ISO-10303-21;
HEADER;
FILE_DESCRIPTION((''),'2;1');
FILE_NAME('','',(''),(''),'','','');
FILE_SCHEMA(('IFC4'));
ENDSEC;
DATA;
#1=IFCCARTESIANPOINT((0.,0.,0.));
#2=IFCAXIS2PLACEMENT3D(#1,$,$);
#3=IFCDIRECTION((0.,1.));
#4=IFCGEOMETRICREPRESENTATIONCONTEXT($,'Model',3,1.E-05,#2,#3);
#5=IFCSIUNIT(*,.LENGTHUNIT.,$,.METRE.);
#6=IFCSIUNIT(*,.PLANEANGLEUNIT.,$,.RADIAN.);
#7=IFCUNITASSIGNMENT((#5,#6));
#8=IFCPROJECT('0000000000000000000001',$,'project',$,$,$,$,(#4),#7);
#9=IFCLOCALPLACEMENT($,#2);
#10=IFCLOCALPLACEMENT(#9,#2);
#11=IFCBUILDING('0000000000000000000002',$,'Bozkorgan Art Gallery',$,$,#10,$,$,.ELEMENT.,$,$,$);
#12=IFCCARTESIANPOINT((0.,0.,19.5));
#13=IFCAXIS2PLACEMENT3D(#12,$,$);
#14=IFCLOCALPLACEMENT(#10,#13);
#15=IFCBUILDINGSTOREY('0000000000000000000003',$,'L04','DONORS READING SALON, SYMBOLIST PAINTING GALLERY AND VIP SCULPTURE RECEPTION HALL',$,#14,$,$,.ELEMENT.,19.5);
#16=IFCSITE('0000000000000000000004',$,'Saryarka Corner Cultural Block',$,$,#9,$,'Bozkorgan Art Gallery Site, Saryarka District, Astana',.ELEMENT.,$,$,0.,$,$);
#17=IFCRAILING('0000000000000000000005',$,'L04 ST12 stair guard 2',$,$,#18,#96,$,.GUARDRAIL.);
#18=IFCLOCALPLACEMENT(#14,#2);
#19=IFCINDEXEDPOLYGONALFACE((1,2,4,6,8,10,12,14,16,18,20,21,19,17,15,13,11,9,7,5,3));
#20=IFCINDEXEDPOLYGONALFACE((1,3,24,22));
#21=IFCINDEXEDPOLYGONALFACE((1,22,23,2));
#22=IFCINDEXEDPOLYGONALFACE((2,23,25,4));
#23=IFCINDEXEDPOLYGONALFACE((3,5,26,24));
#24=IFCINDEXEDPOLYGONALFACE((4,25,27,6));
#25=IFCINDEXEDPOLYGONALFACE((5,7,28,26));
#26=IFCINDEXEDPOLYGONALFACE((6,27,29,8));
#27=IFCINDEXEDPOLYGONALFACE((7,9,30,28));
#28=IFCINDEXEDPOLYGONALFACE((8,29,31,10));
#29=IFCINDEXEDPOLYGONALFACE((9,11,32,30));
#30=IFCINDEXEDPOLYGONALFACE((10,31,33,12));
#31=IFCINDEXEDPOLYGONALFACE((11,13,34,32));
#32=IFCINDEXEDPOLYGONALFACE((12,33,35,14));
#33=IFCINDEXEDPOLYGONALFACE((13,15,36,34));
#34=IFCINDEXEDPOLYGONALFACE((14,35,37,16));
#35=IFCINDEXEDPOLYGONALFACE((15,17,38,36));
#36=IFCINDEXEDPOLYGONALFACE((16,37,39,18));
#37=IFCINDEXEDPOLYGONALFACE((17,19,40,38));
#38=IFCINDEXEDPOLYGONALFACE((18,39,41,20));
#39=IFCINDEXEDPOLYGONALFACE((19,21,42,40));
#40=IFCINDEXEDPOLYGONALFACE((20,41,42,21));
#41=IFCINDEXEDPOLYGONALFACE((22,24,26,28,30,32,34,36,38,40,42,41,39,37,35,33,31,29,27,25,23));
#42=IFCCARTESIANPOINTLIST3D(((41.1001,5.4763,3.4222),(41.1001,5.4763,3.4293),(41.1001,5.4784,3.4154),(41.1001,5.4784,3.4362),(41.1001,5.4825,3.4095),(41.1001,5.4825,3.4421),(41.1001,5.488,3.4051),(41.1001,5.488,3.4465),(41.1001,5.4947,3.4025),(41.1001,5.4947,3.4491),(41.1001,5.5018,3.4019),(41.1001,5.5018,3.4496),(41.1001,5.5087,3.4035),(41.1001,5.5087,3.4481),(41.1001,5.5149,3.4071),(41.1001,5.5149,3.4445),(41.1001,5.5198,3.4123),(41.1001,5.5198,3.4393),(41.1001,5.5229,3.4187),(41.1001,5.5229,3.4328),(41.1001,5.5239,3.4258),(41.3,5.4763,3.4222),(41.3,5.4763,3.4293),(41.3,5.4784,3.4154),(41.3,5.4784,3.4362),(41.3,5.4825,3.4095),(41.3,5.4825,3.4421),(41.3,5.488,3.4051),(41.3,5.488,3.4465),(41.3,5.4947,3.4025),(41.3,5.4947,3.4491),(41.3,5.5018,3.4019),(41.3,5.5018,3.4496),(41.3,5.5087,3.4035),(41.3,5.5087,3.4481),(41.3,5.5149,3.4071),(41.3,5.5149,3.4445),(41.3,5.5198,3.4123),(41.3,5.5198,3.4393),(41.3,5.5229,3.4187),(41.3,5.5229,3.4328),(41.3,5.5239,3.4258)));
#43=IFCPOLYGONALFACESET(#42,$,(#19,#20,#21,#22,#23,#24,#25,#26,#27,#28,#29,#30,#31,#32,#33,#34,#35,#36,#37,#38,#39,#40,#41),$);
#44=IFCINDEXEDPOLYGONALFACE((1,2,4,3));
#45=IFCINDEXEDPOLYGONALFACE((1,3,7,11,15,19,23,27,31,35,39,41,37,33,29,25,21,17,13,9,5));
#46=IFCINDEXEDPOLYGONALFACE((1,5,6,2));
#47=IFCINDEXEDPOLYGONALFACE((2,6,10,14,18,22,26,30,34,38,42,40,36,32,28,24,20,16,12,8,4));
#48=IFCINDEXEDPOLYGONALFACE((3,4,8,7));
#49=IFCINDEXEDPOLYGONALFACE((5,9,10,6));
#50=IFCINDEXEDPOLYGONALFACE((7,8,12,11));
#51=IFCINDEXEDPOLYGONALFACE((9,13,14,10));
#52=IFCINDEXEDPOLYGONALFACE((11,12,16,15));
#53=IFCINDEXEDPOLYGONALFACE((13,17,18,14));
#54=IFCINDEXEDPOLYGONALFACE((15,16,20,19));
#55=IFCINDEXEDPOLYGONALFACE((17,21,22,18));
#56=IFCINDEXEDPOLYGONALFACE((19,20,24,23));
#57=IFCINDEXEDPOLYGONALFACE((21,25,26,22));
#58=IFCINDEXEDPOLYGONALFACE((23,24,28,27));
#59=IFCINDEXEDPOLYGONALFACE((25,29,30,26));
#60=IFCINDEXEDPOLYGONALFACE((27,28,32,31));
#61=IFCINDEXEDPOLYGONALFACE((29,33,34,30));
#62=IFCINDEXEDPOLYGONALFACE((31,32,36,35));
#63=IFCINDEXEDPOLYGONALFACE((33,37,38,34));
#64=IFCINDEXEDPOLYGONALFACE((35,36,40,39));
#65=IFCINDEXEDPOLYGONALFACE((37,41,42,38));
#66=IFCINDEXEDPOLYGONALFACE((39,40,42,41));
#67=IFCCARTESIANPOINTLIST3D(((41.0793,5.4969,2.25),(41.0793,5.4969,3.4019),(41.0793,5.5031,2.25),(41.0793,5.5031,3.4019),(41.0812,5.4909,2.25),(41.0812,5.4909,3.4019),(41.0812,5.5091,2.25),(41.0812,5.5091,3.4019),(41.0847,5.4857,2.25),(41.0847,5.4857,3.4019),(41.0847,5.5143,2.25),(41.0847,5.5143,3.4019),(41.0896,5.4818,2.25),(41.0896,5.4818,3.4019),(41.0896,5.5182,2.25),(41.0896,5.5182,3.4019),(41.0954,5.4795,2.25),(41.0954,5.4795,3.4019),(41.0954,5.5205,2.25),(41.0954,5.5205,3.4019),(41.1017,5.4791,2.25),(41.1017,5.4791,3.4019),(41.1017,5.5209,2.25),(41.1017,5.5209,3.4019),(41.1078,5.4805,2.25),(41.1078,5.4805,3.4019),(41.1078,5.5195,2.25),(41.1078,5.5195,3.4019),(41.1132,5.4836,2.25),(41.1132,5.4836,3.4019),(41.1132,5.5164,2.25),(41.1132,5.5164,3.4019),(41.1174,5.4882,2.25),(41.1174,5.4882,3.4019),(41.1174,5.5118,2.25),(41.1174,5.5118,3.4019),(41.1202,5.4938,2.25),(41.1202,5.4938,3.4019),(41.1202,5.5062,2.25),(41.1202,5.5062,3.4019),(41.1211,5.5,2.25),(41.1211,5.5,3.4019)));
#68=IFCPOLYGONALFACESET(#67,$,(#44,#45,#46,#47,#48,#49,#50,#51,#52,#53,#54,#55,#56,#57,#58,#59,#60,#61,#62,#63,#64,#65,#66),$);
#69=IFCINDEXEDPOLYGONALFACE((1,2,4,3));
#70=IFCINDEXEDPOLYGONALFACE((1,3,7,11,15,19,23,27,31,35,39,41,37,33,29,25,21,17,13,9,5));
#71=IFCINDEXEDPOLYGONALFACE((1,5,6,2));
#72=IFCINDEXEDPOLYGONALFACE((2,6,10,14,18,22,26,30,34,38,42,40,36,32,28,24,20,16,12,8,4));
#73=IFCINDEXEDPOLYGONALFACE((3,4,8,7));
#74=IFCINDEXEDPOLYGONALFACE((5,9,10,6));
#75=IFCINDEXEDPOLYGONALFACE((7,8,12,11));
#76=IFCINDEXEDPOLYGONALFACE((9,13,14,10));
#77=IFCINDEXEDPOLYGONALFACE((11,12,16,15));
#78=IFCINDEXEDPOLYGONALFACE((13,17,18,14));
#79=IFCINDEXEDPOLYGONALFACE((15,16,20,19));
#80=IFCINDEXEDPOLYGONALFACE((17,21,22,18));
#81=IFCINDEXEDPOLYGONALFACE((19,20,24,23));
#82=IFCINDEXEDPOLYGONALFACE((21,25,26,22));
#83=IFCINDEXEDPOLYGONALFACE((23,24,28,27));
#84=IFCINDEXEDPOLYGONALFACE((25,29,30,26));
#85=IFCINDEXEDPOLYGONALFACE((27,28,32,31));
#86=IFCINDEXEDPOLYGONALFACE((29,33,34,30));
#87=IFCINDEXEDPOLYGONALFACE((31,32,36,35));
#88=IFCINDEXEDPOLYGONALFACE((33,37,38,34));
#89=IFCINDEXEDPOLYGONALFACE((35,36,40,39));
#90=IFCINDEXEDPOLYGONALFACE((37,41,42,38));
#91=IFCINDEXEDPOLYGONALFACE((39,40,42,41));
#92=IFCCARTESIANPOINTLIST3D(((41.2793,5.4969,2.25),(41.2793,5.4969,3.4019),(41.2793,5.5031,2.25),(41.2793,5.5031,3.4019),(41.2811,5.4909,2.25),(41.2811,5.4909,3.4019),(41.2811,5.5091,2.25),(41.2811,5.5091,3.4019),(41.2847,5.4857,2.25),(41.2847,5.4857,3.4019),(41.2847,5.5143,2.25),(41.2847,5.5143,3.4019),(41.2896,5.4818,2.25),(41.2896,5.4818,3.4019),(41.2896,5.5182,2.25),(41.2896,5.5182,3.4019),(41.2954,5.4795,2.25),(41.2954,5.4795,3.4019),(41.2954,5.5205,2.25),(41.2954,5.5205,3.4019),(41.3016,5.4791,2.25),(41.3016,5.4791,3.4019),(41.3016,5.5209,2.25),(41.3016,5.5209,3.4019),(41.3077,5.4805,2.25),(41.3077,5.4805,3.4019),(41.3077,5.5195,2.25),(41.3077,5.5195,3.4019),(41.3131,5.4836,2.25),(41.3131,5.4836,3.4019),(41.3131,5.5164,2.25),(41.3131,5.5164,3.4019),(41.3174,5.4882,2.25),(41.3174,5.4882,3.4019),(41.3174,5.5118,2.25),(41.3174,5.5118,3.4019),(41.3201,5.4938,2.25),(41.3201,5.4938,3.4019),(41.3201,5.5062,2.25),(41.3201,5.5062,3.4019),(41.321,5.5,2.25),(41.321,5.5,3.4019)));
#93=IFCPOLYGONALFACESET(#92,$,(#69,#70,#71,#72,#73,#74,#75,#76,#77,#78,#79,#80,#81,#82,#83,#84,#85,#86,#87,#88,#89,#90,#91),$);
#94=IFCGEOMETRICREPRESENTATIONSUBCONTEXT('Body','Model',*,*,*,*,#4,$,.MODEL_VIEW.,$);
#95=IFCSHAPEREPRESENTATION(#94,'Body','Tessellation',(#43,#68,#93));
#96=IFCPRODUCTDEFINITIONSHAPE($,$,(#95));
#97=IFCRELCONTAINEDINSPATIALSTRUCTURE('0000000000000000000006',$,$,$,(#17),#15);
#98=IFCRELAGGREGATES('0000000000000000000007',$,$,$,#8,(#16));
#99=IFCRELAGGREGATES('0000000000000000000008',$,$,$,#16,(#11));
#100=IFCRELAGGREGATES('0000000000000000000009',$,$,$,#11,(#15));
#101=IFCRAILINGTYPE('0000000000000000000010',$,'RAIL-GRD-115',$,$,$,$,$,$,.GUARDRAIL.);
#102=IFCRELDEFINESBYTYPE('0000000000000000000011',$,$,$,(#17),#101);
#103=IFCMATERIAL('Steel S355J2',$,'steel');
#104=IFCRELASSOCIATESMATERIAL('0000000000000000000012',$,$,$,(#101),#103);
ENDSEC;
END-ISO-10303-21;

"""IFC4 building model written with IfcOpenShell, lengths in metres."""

from ifc_helpers import new_model, si_unit, direction, frame, origin, origin_2d, place, context, subcontext, project, spatial, circle, extrude, material, type_object, element, save


model = new_model("IFC4")

# Units and contexts
model_context = context("Model", 3, precision=1e-05, world=origin(), true_north=direction((0.0, 1.0)))
body_context = subcontext(model_context, "Body", "Model", "MODEL_VIEW")
ifc_project = project(units=[si_unit("LENGTHUNIT", "METRE"), si_unit("PLANEANGLEUNIT", "RADIAN")], contexts=[model_context])

# Site, building, storey
site_placement = place(None, origin())
site = spatial("IfcSite", under=ifc_project, at=site_placement, Name="Saryarka Corner Cultural Block", LongName="Bozkorgan Art Gallery Site, Saryarka District, Astana", CompositionType="ELEMENT", RefElevation=0.0)
building_placement = place(site_placement, origin())
building = spatial("IfcBuilding", under=site, at=building_placement, Name="Bozkorgan Art Gallery", CompositionType="ELEMENT")
storey_placement = place(building_placement, frame((0.0, 0.0, 19.5)))
storey = spatial("IfcBuildingStorey", under=building, at=storey_placement, Name="L04", Description="DONORS READING SALON, SYMBOLIST PAINTING GALLERY AND VIP SCULPTURE RECEPTION HALL", CompositionType="ELEMENT", Elevation=19.5)

# Shared definitions
ifc_material_1 = material(Name="Steel S355J2", Category="steel")

# Railing
railing_type_1 = type_object("IfcRailingType", Name="RAIL-GRD-115", PredefinedType="GUARDRAIL", material=ifc_material_1)
railing_1_placement = place(storey_placement, frame((41.1001, 5.5, 2.25)))
element("IfcRailing", 1, at=railing_1_placement, inside=storey, type_object=railing_type_1, Name="L04 ST12 stair guard 2", PredefinedType="GUARDRAIL", context=body_context, shape_type="SweptSolid", body=[
    extrude(circle(Radius=0.0239, at=origin_2d()), frame((0.0, 0.0, 1.1758), z_axis=(1.0, 0.0, 0.0), x_axis=(0.0, 1.0, 0.0)), (0.0, 0.0, 1.0), 0.2),
    extrude(circle(Radius=0.021, at=origin_2d()), origin(), (0.0, 0.0, 1.0), 1.1519),
    extrude(circle(Radius=0.021, at=origin_2d()), frame((0.2, 0.0, 0.0)), (0.0, 0.0, 1.0), 1.1519),
])

save(model, "model.ifc")
